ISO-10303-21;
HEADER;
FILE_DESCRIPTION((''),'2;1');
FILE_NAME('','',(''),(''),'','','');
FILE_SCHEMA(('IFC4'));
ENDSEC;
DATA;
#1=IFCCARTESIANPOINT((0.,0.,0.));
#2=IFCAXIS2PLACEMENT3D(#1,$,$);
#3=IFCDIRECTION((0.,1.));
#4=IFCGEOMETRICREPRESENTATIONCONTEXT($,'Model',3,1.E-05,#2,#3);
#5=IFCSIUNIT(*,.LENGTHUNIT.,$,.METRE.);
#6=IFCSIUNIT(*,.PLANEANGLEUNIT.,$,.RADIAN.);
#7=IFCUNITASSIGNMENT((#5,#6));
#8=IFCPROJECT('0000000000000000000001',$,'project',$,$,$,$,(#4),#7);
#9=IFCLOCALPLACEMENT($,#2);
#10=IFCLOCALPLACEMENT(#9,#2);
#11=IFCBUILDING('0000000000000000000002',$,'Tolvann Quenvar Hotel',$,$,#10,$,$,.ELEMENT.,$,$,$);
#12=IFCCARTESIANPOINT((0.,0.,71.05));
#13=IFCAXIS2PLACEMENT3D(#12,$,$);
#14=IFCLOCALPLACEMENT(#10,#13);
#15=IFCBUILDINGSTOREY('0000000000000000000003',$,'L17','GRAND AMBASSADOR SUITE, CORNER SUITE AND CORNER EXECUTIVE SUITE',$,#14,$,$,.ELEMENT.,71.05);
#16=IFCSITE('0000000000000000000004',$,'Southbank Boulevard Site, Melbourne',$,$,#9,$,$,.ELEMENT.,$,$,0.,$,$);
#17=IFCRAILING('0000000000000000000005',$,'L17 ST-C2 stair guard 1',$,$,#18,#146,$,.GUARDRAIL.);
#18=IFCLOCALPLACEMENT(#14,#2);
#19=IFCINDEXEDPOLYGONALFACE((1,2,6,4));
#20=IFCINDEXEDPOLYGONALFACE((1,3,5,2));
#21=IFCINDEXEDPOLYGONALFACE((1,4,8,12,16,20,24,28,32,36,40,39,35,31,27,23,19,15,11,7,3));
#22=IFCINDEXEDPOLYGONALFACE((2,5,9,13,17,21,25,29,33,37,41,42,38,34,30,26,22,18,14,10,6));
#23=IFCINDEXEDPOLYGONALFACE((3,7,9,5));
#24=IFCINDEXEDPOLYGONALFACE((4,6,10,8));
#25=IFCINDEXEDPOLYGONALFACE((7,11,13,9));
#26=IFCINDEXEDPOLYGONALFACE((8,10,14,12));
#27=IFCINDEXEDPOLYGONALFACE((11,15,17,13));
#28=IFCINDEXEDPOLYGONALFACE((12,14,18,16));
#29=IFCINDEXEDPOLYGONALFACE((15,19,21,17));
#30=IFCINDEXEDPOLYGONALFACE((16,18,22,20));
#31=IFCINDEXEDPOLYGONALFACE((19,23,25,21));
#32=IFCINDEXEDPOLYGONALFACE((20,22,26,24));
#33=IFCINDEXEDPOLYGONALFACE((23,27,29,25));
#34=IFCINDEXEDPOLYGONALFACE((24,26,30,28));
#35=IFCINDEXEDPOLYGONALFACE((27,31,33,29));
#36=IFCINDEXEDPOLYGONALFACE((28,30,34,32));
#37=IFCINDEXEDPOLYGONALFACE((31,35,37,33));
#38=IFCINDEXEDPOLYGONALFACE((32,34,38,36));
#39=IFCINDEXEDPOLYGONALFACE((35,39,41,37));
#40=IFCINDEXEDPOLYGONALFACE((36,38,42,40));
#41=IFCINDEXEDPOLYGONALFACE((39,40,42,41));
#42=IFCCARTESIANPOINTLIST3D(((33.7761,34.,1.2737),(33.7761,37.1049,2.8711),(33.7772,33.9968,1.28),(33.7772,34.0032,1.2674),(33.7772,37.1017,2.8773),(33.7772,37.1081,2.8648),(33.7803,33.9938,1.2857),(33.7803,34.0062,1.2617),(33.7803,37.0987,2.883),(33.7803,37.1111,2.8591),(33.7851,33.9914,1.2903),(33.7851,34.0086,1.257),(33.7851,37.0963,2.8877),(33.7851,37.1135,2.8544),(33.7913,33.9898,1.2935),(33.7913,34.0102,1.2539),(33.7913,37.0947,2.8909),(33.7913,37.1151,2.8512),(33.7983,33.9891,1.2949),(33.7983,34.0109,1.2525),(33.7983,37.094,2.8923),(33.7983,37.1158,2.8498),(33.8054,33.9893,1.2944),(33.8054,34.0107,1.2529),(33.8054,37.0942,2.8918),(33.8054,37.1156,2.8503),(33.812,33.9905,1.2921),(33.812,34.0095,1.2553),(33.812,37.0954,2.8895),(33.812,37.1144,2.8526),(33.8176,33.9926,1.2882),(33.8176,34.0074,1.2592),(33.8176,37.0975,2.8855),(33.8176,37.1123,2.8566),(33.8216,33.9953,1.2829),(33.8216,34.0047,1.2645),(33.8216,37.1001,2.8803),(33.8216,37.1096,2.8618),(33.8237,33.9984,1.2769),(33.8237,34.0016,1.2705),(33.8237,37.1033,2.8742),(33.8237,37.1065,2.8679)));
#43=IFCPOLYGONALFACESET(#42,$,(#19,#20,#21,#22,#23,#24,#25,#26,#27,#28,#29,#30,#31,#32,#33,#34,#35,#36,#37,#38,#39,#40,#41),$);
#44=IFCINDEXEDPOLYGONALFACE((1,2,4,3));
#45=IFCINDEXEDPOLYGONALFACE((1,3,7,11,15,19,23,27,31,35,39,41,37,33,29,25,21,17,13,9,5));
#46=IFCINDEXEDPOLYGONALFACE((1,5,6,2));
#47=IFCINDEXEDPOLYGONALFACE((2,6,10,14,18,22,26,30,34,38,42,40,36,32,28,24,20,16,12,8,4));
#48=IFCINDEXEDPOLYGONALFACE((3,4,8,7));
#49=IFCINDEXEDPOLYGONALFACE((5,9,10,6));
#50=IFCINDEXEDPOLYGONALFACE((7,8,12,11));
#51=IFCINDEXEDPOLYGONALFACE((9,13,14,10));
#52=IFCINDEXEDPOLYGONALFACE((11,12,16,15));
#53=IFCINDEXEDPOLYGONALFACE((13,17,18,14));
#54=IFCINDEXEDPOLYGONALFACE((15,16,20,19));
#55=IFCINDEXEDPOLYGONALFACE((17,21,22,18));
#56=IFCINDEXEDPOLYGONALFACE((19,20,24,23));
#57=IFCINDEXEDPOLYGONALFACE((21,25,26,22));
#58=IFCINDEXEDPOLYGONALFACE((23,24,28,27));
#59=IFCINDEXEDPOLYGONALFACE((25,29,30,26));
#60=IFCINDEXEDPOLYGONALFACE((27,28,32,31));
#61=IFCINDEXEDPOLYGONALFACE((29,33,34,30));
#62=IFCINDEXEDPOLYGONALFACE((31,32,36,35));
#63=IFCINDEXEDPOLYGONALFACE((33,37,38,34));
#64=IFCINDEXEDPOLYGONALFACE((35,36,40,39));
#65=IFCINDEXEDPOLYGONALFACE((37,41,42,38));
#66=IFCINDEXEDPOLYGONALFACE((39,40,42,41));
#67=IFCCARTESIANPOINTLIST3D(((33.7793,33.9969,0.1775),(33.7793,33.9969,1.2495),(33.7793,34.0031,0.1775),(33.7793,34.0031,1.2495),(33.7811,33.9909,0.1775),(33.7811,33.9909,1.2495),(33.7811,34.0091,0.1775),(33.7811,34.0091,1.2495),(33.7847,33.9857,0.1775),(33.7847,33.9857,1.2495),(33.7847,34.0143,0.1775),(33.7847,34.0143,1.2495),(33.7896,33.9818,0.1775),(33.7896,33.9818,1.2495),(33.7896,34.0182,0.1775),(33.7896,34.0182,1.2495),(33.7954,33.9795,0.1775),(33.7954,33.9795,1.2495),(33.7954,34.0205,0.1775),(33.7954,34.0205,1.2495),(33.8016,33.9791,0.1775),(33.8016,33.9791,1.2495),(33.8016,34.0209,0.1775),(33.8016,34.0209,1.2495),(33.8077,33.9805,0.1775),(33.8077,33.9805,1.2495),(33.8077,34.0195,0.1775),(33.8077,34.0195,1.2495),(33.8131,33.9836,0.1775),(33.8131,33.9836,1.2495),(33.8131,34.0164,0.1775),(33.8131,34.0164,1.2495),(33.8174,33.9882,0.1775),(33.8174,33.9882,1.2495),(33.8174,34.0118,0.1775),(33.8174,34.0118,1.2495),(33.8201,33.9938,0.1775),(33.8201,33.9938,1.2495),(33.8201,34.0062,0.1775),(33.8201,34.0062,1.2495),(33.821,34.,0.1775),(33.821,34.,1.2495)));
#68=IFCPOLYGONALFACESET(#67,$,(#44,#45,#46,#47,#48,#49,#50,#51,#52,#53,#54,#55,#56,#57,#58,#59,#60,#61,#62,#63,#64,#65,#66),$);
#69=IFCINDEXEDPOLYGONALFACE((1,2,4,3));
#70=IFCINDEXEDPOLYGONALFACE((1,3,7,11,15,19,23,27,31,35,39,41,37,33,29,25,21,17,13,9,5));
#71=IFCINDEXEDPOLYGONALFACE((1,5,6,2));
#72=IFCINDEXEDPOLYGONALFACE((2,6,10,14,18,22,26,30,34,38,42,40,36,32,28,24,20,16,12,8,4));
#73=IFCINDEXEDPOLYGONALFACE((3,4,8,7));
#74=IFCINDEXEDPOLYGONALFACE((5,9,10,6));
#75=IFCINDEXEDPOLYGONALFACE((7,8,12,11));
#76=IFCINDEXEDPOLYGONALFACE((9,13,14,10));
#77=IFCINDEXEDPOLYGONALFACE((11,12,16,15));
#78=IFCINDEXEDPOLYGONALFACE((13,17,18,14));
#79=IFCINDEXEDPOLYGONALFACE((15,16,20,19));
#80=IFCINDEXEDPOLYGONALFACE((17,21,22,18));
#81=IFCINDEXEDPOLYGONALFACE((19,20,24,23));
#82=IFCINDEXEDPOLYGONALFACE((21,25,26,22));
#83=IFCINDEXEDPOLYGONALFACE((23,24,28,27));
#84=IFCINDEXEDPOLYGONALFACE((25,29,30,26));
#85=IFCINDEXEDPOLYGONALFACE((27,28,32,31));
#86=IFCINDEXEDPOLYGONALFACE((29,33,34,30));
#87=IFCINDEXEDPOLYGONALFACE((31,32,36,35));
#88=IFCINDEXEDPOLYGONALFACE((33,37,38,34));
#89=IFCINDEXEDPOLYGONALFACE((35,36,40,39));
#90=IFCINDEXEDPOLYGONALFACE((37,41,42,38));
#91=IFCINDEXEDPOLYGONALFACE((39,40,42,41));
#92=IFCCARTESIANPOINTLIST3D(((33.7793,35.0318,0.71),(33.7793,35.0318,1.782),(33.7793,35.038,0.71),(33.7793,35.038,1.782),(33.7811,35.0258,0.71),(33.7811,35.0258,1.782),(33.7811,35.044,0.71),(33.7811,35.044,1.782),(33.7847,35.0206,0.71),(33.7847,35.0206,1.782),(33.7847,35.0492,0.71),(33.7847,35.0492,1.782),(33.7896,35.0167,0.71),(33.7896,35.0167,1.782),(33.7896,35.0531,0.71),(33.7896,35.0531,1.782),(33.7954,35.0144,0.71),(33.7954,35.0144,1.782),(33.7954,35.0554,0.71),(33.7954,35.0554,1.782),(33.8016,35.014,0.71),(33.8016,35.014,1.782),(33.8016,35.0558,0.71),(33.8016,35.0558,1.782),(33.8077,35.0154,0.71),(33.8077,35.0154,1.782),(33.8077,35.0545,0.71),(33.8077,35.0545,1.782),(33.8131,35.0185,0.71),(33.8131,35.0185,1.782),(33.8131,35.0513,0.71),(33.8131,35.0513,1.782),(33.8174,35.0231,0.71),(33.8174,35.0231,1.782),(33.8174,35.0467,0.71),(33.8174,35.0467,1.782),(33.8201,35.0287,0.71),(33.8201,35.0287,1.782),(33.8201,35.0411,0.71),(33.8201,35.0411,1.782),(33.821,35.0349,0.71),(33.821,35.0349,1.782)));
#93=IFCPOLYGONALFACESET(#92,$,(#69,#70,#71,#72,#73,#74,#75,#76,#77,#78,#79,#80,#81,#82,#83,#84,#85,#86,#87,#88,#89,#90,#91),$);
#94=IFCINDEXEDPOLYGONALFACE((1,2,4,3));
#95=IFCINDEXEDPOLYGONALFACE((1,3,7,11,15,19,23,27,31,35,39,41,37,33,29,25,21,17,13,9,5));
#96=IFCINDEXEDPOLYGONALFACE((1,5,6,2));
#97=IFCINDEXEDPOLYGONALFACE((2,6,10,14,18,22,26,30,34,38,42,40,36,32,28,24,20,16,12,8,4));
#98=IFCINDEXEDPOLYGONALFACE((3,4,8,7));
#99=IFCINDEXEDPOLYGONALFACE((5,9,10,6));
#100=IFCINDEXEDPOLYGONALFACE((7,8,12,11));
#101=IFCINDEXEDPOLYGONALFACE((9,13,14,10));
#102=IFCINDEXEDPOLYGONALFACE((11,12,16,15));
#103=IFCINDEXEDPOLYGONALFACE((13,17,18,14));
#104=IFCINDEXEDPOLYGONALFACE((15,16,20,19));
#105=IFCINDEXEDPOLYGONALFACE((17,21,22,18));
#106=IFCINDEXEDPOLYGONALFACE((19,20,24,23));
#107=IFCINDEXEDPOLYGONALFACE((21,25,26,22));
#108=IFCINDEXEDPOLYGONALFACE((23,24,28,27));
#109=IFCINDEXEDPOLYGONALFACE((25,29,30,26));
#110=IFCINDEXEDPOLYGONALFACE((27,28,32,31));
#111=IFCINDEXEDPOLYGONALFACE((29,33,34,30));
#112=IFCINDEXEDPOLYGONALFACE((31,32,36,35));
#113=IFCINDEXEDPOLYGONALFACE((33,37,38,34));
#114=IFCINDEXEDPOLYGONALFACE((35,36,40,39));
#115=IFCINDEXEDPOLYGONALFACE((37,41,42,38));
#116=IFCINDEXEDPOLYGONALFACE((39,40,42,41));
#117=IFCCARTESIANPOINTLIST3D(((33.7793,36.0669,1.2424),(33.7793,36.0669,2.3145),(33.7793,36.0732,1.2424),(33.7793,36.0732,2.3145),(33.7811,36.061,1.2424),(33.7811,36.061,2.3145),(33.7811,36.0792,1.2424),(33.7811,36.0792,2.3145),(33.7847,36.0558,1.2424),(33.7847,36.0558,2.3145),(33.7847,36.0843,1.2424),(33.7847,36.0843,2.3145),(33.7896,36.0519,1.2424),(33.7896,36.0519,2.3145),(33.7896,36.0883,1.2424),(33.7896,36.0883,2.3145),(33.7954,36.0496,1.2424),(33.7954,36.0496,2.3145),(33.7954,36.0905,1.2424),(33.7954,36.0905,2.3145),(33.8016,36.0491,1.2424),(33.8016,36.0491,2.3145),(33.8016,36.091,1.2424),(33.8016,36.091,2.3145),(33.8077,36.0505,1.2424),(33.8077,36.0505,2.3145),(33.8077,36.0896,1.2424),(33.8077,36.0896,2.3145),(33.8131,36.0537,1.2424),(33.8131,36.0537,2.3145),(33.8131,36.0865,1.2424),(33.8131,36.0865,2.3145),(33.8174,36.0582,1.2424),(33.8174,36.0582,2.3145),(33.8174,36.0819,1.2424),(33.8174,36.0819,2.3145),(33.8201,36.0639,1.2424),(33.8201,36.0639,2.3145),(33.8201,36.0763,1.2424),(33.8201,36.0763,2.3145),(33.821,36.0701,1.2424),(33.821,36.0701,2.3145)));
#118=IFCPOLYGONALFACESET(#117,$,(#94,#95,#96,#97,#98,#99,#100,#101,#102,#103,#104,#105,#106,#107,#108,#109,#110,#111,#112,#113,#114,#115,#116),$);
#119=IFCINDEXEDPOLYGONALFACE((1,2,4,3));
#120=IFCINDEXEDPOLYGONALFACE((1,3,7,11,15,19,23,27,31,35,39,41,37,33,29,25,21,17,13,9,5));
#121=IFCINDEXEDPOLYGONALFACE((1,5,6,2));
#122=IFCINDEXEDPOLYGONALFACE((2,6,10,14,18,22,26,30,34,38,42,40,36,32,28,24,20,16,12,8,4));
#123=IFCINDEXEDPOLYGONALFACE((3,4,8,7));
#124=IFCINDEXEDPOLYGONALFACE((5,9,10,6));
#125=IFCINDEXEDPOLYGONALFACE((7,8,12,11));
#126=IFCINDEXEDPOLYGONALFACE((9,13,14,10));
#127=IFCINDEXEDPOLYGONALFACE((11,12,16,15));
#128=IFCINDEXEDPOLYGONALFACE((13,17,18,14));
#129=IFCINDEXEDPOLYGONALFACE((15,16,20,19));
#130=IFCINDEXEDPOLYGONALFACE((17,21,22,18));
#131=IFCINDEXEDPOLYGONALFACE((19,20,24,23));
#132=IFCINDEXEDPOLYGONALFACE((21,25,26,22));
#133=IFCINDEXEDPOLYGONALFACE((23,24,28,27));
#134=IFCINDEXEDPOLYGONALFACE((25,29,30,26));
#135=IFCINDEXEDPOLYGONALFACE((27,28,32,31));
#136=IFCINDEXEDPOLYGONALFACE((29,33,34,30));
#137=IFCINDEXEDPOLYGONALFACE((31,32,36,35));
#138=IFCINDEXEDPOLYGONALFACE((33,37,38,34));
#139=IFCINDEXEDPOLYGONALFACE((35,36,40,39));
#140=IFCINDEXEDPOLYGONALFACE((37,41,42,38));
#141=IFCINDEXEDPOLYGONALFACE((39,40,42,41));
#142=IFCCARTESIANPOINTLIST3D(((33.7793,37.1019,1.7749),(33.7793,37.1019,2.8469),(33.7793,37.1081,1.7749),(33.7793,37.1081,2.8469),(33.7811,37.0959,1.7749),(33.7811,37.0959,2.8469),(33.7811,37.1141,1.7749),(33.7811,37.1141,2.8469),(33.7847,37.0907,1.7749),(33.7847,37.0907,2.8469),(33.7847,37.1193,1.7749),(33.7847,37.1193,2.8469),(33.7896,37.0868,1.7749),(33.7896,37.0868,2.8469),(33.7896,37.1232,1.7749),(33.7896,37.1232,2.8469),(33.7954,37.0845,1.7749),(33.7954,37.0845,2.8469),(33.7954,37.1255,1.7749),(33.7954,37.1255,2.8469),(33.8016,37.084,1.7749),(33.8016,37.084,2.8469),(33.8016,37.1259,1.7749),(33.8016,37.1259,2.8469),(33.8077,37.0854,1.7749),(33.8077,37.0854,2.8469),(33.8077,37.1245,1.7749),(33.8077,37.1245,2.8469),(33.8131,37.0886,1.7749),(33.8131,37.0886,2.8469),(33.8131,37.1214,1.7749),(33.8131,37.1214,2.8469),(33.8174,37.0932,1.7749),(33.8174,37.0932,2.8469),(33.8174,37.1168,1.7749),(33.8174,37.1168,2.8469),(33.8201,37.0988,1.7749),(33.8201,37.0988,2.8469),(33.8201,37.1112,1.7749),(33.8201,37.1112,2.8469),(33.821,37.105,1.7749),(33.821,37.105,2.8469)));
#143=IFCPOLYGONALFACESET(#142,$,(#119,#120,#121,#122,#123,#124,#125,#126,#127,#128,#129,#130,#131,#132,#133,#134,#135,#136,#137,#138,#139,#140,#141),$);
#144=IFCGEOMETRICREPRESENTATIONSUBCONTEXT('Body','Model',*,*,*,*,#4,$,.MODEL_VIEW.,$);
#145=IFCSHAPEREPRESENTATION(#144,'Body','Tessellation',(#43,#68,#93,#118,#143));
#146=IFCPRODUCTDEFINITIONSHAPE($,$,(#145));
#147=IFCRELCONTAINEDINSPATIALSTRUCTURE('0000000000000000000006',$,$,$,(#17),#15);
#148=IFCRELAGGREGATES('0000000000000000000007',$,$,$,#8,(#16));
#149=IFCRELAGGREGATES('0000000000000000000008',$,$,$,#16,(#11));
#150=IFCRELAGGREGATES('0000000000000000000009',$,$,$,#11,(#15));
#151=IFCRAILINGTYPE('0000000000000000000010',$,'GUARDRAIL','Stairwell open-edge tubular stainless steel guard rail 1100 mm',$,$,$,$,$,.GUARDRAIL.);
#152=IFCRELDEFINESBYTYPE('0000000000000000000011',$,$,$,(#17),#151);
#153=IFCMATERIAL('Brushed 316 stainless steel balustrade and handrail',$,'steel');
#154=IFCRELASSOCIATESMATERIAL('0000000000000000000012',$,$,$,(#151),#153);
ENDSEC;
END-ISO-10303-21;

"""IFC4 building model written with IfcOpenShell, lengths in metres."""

from ifc_helpers import new_model, si_unit, direction, frame, origin, origin_2d, place, context, subcontext, project, spatial, circle, extrude, material, type_object, element, save


model = new_model("IFC4")

# Units and contexts
model_context = context("Model", 3, precision=1e-05, world=origin(), true_north=direction((0.0, 1.0)))
body_context = subcontext(model_context, "Body", "Model", "MODEL_VIEW")
ifc_project = project(units=[si_unit("LENGTHUNIT", "METRE"), si_unit("PLANEANGLEUNIT", "RADIAN")], contexts=[model_context])

# Site, building, storey
site_placement = place(None, origin())
site = spatial("IfcSite", under=ifc_project, at=site_placement, Name="Southbank Boulevard Site, Melbourne", CompositionType="ELEMENT", RefElevation=0.0)
building_placement = place(site_placement, origin())
building = spatial("IfcBuilding", under=site, at=building_placement, Name="Tolvann Quenvar Hotel", CompositionType="ELEMENT")
storey_placement = place(building_placement, frame((0.0, 0.0, 71.05)))
storey = spatial("IfcBuildingStorey", under=building, at=storey_placement, Name="L17", Description="GRAND AMBASSADOR SUITE, CORNER SUITE AND CORNER EXECUTIVE SUITE", CompositionType="ELEMENT", Elevation=71.05)

# Railing
ifc_material_1 = material(Name="Brushed 316 stainless steel balustrade and handrail", Category="steel")
railing_type_1 = type_object("IfcRailingType", Name="GUARDRAIL", Description="Stairwell open-edge tubular stainless steel guard rail 1100 mm", PredefinedType="GUARDRAIL", material=ifc_material_1)
railing_1_placement = place(storey_placement, frame((33.8, 34.0, 0.1775)))
element("IfcRailing", 1, at=railing_1_placement, inside=storey, type_object=railing_type_1, Name="L17 ST-C2 stair guard 1", PredefinedType="GUARDRAIL", context=body_context, shape_type="SweptSolid", body=[
    extrude(circle(Radius=0.0239, at=origin_2d()), frame((0.0, 0.0, 1.0962), z_axis=(0.0, 0.889222, 0.457476), x_axis=(-1.0, 0.0, 0.0)), (0.0, 0.0, 1.0), 3.4917),
    extrude(circle(Radius=0.021, at=origin_2d()), origin(), (0.0, 0.0, 1.0), 1.072),
    extrude(circle(Radius=0.021, at=origin_2d()), frame((0.0, 1.0349, 0.5325)), (0.0, 0.0, 1.0), 1.072),
    extrude(circle(Radius=0.021, at=origin_2d()), frame((0.0, 2.0701, 1.0649)), (0.0, 0.0, 1.0), 1.072),
    extrude(circle(Radius=0.021, at=origin_2d()), frame((0.0, 3.105, 1.5974)), (0.0, 0.0, 1.0), 1.072),
])

save(model, "model.ifc")
